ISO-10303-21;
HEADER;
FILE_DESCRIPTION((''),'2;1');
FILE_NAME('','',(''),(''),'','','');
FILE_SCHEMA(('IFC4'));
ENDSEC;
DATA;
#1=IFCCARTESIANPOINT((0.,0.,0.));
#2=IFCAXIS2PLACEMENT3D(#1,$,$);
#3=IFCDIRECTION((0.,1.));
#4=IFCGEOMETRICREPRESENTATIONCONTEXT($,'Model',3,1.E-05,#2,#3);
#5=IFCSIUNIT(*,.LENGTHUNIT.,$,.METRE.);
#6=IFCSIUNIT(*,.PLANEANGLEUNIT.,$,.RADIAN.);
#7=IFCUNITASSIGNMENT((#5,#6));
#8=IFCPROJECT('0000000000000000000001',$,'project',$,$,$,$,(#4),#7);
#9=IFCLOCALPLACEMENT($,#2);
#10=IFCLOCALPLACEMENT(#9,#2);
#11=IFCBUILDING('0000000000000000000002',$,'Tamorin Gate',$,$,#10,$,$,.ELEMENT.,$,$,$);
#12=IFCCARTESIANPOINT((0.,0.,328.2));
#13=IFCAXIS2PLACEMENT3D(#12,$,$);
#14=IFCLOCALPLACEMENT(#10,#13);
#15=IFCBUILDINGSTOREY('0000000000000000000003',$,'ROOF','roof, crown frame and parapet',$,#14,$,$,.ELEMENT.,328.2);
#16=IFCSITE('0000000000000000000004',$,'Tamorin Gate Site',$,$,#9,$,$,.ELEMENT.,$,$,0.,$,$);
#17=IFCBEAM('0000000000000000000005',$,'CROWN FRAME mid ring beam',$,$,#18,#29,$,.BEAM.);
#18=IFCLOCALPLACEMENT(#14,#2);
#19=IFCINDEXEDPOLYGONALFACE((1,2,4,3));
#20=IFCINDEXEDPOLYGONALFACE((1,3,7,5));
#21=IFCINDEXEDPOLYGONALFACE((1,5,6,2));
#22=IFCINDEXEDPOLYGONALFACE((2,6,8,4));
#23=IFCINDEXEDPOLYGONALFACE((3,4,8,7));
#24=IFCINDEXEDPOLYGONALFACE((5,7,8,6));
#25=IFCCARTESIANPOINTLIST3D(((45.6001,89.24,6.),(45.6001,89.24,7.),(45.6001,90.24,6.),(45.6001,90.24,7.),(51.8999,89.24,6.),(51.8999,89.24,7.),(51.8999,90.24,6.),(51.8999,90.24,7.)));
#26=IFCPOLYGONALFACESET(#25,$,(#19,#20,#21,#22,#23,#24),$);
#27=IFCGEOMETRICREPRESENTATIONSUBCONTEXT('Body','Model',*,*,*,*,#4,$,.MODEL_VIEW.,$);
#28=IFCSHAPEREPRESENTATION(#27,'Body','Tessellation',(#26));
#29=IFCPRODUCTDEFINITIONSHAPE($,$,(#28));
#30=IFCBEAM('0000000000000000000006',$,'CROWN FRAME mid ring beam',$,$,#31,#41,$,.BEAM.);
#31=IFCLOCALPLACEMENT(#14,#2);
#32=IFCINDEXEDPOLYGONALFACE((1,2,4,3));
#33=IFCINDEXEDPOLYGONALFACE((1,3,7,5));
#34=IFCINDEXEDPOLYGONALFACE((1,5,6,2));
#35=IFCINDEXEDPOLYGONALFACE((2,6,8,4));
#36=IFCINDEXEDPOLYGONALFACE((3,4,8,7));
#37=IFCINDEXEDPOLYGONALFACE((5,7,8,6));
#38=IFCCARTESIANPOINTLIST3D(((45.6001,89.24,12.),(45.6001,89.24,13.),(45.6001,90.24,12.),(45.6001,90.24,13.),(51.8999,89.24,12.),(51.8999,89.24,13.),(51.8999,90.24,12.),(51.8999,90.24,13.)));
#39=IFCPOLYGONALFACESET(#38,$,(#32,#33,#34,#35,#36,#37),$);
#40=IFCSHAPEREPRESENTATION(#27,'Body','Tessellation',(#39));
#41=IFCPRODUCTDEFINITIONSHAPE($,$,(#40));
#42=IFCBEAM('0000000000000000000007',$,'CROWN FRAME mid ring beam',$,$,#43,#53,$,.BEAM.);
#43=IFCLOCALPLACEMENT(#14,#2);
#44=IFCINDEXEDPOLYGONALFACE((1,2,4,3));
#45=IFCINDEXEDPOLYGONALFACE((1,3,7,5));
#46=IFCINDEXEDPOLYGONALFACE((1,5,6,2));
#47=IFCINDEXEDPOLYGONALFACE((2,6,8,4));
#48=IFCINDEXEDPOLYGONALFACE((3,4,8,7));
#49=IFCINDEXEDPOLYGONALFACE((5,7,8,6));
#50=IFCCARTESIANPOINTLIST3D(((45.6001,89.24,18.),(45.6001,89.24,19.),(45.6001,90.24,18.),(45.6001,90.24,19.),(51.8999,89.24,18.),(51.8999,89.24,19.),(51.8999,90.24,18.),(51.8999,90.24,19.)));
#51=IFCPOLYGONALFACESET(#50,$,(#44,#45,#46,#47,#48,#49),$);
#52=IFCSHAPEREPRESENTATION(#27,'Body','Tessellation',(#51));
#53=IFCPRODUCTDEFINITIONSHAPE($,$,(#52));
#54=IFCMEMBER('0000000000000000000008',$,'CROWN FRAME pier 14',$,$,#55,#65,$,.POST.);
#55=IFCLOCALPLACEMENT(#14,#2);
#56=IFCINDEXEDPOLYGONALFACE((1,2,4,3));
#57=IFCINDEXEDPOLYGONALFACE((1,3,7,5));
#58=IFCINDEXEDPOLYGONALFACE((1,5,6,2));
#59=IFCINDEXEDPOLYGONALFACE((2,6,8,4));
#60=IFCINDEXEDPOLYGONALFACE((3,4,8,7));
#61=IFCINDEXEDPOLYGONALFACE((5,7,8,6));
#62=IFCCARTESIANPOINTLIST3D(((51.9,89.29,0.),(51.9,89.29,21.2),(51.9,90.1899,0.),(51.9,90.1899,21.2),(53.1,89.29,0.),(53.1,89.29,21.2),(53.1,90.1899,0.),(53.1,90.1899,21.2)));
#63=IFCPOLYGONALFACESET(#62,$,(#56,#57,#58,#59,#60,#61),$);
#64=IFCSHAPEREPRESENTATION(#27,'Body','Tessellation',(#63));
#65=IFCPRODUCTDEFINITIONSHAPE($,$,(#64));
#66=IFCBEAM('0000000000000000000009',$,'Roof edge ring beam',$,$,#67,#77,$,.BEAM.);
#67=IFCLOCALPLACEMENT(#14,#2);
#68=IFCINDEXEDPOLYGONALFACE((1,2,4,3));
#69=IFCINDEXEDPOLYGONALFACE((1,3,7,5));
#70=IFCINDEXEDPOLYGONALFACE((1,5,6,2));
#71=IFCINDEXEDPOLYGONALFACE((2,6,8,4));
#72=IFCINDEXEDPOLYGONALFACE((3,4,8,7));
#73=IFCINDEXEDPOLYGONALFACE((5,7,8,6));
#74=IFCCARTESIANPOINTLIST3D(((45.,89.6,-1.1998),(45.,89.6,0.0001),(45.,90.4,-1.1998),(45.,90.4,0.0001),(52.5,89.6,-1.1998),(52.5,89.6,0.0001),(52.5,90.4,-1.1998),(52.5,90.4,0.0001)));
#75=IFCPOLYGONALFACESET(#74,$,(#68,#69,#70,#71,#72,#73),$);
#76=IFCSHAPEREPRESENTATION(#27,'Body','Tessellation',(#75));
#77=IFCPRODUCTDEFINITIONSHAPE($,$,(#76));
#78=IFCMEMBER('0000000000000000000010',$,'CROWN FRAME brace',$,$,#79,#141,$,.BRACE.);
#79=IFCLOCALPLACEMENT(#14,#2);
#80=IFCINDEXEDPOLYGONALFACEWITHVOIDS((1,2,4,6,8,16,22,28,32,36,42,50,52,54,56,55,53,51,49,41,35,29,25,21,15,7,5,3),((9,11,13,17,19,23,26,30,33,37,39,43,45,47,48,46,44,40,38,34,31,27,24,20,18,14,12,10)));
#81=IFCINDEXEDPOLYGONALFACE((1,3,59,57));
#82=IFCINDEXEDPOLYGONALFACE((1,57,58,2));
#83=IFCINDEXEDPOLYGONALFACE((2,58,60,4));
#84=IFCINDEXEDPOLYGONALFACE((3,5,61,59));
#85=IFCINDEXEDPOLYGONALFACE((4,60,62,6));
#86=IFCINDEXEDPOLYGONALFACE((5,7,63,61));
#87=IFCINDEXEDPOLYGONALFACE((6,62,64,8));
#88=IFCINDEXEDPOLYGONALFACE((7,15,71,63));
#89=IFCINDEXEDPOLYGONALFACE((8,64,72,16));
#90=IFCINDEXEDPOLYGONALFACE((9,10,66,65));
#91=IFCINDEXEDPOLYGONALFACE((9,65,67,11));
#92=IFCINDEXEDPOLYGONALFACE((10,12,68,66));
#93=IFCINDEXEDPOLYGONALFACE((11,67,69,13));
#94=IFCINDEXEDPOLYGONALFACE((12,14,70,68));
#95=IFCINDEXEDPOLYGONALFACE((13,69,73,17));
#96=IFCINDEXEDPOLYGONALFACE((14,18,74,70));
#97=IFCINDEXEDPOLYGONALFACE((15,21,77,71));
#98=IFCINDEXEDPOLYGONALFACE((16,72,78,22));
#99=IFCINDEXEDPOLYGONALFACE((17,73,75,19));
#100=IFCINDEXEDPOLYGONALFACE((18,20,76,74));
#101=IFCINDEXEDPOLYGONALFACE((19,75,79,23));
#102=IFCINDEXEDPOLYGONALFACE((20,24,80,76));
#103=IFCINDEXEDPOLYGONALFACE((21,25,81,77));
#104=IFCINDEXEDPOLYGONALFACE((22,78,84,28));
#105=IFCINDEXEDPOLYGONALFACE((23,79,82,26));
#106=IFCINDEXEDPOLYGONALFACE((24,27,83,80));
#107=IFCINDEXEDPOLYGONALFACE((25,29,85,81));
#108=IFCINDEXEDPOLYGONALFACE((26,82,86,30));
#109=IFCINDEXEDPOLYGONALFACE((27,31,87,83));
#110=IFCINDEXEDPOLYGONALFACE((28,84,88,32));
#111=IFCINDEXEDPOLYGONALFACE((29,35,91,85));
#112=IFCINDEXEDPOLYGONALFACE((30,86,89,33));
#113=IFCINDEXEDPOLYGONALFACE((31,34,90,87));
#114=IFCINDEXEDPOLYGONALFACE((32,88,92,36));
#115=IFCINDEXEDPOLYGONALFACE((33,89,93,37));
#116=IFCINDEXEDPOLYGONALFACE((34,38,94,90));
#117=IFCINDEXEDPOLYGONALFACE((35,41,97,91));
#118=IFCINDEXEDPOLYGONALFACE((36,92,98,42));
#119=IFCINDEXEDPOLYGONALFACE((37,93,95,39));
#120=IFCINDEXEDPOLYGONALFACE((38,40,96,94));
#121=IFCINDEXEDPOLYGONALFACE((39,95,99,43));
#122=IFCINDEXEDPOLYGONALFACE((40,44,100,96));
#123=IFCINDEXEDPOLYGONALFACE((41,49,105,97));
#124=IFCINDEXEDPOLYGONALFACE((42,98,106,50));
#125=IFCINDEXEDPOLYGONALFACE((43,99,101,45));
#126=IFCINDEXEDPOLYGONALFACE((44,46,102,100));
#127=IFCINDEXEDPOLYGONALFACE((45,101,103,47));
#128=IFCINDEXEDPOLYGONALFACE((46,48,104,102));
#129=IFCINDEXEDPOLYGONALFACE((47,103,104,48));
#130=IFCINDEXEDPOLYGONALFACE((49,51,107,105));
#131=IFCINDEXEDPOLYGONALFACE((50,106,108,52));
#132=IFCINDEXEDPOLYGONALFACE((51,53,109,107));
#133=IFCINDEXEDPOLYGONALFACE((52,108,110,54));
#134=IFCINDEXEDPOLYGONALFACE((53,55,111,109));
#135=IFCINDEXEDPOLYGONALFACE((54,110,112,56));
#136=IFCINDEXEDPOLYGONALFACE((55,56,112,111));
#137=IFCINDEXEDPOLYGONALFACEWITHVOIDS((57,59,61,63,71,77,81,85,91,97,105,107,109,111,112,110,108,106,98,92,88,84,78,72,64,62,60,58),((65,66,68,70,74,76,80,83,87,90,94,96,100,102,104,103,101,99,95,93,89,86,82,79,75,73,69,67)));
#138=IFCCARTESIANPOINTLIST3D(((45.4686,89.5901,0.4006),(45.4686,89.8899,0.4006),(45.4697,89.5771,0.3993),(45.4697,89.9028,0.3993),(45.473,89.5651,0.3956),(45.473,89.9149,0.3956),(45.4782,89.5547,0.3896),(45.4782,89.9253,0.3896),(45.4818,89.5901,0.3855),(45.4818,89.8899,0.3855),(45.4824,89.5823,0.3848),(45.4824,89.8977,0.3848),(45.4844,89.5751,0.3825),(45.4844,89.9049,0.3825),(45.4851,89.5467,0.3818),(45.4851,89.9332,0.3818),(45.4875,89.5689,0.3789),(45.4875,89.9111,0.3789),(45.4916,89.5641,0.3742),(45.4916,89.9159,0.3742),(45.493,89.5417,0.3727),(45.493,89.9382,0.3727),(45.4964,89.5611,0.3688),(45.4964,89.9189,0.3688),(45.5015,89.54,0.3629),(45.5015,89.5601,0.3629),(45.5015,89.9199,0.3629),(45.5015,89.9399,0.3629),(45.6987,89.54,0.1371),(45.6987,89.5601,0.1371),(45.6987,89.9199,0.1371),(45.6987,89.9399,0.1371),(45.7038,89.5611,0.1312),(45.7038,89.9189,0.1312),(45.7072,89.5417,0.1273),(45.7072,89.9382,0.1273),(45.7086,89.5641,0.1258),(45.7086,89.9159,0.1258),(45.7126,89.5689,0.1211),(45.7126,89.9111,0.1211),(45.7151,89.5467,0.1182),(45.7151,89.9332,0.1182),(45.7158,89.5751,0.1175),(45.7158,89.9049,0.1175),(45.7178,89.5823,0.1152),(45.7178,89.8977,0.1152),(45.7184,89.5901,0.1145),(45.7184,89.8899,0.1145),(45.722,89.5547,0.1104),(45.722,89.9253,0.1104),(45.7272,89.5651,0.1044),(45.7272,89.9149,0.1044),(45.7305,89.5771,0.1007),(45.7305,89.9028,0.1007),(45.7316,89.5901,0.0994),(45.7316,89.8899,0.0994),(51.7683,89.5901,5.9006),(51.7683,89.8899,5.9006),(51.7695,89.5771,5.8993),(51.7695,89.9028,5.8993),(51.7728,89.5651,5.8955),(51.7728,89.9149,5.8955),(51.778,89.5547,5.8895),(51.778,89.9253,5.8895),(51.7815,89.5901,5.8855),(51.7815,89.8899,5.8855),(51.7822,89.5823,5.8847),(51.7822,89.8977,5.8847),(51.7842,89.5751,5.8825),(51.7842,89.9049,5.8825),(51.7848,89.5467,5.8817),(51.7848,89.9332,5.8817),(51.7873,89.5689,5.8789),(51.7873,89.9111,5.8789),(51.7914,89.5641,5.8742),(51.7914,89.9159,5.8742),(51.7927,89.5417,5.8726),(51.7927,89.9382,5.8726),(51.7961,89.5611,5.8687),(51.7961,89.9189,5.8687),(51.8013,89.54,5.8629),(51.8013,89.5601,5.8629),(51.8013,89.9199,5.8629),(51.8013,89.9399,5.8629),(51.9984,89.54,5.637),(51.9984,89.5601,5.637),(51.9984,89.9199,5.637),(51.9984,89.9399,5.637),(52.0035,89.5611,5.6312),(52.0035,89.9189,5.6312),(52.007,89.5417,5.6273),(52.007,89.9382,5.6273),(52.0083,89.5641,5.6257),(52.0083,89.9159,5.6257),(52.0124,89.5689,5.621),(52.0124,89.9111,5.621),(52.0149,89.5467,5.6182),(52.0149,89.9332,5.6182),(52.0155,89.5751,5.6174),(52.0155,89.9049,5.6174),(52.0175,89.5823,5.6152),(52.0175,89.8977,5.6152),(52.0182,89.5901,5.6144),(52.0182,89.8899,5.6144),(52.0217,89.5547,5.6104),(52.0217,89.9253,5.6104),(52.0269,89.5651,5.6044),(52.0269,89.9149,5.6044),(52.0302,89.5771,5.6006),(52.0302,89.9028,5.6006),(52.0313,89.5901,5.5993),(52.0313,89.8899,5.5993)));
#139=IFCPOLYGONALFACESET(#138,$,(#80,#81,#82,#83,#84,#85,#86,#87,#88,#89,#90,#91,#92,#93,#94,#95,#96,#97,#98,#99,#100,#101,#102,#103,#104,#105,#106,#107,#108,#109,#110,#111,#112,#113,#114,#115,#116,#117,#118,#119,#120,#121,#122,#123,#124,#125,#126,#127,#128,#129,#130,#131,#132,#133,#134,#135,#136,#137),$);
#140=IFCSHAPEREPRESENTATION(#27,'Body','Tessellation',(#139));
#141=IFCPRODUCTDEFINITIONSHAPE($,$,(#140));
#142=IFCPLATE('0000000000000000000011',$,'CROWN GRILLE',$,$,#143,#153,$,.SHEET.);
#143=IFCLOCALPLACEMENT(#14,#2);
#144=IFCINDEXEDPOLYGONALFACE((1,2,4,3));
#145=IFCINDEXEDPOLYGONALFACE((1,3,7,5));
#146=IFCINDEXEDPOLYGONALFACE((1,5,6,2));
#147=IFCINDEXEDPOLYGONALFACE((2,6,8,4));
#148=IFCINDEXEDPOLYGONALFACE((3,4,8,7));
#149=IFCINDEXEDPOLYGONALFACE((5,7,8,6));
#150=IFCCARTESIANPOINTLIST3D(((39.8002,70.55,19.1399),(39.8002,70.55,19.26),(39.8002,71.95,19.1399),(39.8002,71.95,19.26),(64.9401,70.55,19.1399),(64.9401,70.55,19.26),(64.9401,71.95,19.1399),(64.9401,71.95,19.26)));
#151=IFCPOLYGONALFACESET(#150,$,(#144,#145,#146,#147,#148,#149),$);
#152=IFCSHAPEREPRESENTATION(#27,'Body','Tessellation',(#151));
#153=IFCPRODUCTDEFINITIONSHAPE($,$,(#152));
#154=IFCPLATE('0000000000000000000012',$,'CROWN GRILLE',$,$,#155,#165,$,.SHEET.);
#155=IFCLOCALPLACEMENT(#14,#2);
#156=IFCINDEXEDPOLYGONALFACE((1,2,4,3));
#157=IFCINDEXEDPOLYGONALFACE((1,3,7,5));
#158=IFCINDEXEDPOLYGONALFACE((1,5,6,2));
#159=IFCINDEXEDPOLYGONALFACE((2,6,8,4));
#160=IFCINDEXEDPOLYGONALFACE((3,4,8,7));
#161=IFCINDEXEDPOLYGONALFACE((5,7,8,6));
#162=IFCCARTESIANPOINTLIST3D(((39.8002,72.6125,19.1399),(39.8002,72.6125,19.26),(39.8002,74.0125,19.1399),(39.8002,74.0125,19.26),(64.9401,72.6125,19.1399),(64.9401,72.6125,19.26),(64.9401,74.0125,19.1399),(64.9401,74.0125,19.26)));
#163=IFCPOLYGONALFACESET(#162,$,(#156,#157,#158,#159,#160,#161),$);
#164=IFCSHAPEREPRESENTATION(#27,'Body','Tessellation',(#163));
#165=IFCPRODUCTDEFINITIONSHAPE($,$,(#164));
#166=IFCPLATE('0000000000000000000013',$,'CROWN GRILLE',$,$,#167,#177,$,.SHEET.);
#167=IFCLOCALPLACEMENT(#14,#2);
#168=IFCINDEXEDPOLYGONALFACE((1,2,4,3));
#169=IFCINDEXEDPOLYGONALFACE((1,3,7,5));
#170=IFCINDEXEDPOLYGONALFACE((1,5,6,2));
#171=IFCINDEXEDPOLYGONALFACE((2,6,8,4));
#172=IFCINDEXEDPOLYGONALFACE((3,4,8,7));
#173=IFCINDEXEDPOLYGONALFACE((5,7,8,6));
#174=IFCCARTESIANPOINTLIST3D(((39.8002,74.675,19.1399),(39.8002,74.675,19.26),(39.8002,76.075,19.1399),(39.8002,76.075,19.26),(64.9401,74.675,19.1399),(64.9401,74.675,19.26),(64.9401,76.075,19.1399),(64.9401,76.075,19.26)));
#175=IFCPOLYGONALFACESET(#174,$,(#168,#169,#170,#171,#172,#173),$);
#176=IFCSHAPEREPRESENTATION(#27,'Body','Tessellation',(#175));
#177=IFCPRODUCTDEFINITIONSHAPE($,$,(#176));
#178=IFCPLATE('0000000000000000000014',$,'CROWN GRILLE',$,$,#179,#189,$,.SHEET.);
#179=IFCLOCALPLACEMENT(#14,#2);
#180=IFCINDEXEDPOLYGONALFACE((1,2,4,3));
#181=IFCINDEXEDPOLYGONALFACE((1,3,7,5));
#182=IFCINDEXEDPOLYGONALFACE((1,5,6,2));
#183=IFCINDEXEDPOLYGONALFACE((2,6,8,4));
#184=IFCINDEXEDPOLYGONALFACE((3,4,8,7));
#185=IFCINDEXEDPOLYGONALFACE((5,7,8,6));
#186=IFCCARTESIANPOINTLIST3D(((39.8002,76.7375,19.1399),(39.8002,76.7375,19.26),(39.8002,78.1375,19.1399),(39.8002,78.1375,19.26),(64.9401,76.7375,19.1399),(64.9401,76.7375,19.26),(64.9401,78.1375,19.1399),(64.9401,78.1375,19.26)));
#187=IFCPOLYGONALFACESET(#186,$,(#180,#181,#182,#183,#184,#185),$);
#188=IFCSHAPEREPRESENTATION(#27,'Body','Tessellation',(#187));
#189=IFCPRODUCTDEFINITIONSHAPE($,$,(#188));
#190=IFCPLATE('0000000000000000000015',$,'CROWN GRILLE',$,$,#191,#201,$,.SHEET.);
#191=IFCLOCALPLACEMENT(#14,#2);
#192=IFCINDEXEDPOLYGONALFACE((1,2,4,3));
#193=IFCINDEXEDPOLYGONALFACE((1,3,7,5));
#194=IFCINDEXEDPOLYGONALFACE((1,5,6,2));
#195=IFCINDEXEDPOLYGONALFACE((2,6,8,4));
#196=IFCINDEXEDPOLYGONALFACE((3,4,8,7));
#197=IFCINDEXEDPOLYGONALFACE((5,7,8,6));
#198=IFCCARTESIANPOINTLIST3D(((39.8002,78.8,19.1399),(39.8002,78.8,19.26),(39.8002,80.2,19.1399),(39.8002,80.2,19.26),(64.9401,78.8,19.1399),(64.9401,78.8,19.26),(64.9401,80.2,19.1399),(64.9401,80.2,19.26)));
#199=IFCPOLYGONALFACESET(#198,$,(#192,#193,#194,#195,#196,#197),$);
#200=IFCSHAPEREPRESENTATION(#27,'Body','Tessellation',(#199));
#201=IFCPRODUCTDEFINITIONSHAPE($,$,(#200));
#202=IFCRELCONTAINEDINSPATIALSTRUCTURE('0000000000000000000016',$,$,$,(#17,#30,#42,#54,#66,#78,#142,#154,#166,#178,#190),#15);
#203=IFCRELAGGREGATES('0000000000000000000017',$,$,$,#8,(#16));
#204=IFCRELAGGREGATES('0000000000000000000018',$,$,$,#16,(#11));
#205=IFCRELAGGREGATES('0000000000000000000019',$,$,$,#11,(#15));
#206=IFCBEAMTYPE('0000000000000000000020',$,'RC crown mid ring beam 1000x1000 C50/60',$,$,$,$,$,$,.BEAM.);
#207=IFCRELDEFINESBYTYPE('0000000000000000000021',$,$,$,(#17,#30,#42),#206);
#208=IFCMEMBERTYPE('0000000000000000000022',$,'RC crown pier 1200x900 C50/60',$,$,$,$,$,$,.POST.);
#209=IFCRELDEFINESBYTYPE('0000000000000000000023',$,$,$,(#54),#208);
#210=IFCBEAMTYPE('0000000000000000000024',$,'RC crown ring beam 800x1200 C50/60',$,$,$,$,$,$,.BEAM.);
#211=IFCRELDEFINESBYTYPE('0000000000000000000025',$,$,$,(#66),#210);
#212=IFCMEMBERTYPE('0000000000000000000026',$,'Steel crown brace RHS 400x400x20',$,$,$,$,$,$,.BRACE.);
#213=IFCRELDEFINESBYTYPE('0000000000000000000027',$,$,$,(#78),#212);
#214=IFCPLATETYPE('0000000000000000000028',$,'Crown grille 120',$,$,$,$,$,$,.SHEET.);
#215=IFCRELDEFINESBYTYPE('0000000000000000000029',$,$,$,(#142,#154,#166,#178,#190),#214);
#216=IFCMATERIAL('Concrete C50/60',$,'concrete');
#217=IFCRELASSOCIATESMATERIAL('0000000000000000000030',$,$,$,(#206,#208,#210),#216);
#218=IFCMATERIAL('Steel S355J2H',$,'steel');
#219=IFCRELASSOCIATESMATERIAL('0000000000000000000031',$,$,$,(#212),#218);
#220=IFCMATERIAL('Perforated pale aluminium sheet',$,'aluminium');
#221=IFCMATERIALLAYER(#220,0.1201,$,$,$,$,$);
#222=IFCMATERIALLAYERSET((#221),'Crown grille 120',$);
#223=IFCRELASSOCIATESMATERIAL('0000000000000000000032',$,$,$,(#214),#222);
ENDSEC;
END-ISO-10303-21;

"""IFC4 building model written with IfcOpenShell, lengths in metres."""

from ifc_helpers import new_model, si_unit, direction, frame, origin, origin_2d, place, context, subcontext, project, spatial, rectangle, hollow_rectangle, extrude, material, layer, layer_set, material_profile, profile_set, type_object, element, save


model = new_model("IFC4")

# Units and contexts
model_context = context("Model", 3, precision=1e-05, world=origin(), true_north=direction((0.0, 1.0)))
body_context = subcontext(model_context, "Body", "Model", "MODEL_VIEW")
ifc_project = project(units=[si_unit("LENGTHUNIT", "METRE"), si_unit("PLANEANGLEUNIT", "RADIAN")], contexts=[model_context])

# Site, building, storey
site_placement = place(None, origin())
site = spatial("IfcSite", under=ifc_project, at=site_placement, Name="Tamorin Gate Site", CompositionType="ELEMENT", RefElevation=0.0)
building_placement = place(site_placement, origin())
building = spatial("IfcBuilding", under=site, at=building_placement, Name="Tamorin Gate", CompositionType="ELEMENT")
storey_placement = place(building_placement, frame((0.0, 0.0, 328.2)))
storey = spatial("IfcBuildingStorey", under=building, at=storey_placement, Name="ROOF", Description="roof, crown frame and parapet", CompositionType="ELEMENT", Elevation=328.2)

# Beams
ifc_material_1 = material(Name="Concrete C50/60", Category="concrete")
ifc_material_profile_1 = material_profile(ifc_material_1, rectangle(XDim=1.0, YDim=1.0, at=origin_2d()), Name="RC 1000x1000")
ifc_profile_set_1 = profile_set([ifc_material_profile_1], Name="Concrete C50/60")
beam_type_1 = type_object("IfcBeamType", Name="RC crown mid ring beam 1000x1000 C50/60", PredefinedType="BEAM", material=ifc_profile_set_1)
for number, where, z_axis, x_axis, name in (
    (1, (51.8999, 89.74, 6.5), (-1.0, 0.0, 0.0), (0.0, -1.0, 0.0), "CROWN FRAME mid ring beam"),
    (2, (51.8999, 89.74, 12.5), (-1.0, 0.0, 0.0), (0.0, -1.0, 0.0), "CROWN FRAME mid ring beam"),
    (3, (51.8999, 89.74, 18.5), (-1.0, 0.0, 0.0), (0.0, -1.0, 0.0), "CROWN FRAME mid ring beam"),
):
    element("IfcBeam", number, at=place(storey_placement, frame(where, z_axis=z_axis, x_axis=x_axis)), inside=storey, type_object=beam_type_1, Name=name, PredefinedType="BEAM", context=body_context, shape_type="SweptSolid", body=[
        extrude(rectangle(XDim=1.0, YDim=1.0, at=origin_2d()), origin(), (0.0, 0.0, 1.0), 6.2998),
    ])

# Member
ifc_material_profile_2 = material_profile(ifc_material_1, rectangle(XDim=1.2, YDim=0.8999, at=origin_2d()), Name="RC 1200x900")
ifc_profile_set_2 = profile_set([ifc_material_profile_2], Name="Concrete C50/60")
member_type_1 = type_object("IfcMemberType", Name="RC crown pier 1200x900 C50/60", PredefinedType="POST", material=ifc_profile_set_2)
member_1_placement = place(storey_placement, frame((52.5, 89.74, 0.0), z_axis=(0.0, 0.0, 1.0), x_axis=(1.0, 0.0, 0.0)))
element("IfcMember", 4, at=member_1_placement, inside=storey, type_object=member_type_1, Name="CROWN FRAME pier 14", PredefinedType="POST", context=body_context, shape_type="SweptSolid", body=[
    extrude(rectangle(XDim=1.2, YDim=0.8999, at=origin_2d()), origin(), (0.0, 0.0, 1.0), 21.2),
])

# Beam
ifc_material_profile_3 = material_profile(ifc_material_1, rectangle(XDim=0.8, YDim=1.2, at=origin_2d()), Name="RC 800x1200")
ifc_profile_set_3 = profile_set([ifc_material_profile_3], Name="Concrete C50/60")
beam_type_2 = type_object("IfcBeamType", Name="RC crown ring beam 800x1200 C50/60", PredefinedType="BEAM", material=ifc_profile_set_3)
beam_placement = place(storey_placement, frame((52.5, 90.0, -0.5999), z_axis=(-1.0, 0.0, 0.0), x_axis=(0.0, -1.0, 0.0)))
element("IfcBeam", 5, at=beam_placement, inside=storey, type_object=beam_type_2, Name="Roof edge ring beam", PredefinedType="BEAM", context=body_context, shape_type="SweptSolid", body=[
    extrude(rectangle(XDim=0.8, YDim=1.2, at=origin_2d()), origin(), (0.0, 0.0, 1.0), 7.5),
])

# Member
ifc_material_2 = material(Name="Steel S355J2H", Category="steel")
ifc_material_profile_4 = material_profile(ifc_material_2, hollow_rectangle(XDim=0.3999, YDim=0.3999, WallThickness=0.02, InnerFilletRadius=0.03, OuterFilletRadius=0.05, at=origin_2d()), Name="RHS 400x400x20")
ifc_profile_set_4 = profile_set([ifc_material_profile_4], Name="Steel S355J2H")
member_type_2 = type_object("IfcMemberType", Name="Steel crown brace RHS 400x400x20", PredefinedType="BRACE", material=ifc_profile_set_4)
member_2_placement = place(storey_placement, frame((45.6001, 89.74, 0.25), z_axis=(0.753307, 0.0, 0.657669), x_axis=(0.0, 1.0, 0.0)))
element("IfcMember", 6, at=member_2_placement, inside=storey, type_object=member_type_2, Name="CROWN FRAME brace", PredefinedType="BRACE", context=body_context, shape_type="SweptSolid", body=[
    extrude(hollow_rectangle(XDim=0.3999, YDim=0.3999, WallThickness=0.02, InnerFilletRadius=0.03, OuterFilletRadius=0.05, at=origin_2d()), origin(), (0.0, 0.0, 1.0), 8.3628),
])

# Plates
ifc_material_3 = material(Name="Perforated pale aluminium sheet", Category="aluminium")
ifc_layer_1 = layer(ifc_material_3, 0.1201)
ifc_layer_set_1 = layer_set([ifc_layer_1], Name="Crown grille 120")
plate_type_1 = type_object("IfcPlateType", Name="Crown grille 120", PredefinedType="SHEET", material=ifc_layer_set_1)
for number, where, z_axis, x_axis, name in (
    (7, (52.3701, 71.25, 19.1399), (0.0, 0.0, 1.0), (1.0, 0.0, 0.0), "CROWN GRILLE"),
    (8, (52.3701, 73.3125, 19.1399), (0.0, 0.0, 1.0), (1.0, 0.0, 0.0), "CROWN GRILLE"),
    (9, (52.3701, 75.375, 19.1399), (0.0, 0.0, 1.0), (1.0, 0.0, 0.0), "CROWN GRILLE"),
    (10, (52.3701, 77.4375, 19.1399), (0.0, 0.0, 1.0), (1.0, 0.0, 0.0), "CROWN GRILLE"),
    (11, (52.3701, 79.5, 19.1399), (0.0, 0.0, 1.0), (1.0, 0.0, 0.0), "CROWN GRILLE"),
):
    element("IfcPlate", number, at=place(storey_placement, frame(where, z_axis=z_axis, x_axis=x_axis)), inside=storey, type_object=plate_type_1, Name=name, PredefinedType="SHEET", context=body_context, shape_type="SweptSolid", body=[
        extrude(rectangle(XDim=25.1399, YDim=1.3999, at=origin_2d()), origin(), (0.0, 0.0, 1.0), 0.1201),
    ])

save(model, "model.ifc")
